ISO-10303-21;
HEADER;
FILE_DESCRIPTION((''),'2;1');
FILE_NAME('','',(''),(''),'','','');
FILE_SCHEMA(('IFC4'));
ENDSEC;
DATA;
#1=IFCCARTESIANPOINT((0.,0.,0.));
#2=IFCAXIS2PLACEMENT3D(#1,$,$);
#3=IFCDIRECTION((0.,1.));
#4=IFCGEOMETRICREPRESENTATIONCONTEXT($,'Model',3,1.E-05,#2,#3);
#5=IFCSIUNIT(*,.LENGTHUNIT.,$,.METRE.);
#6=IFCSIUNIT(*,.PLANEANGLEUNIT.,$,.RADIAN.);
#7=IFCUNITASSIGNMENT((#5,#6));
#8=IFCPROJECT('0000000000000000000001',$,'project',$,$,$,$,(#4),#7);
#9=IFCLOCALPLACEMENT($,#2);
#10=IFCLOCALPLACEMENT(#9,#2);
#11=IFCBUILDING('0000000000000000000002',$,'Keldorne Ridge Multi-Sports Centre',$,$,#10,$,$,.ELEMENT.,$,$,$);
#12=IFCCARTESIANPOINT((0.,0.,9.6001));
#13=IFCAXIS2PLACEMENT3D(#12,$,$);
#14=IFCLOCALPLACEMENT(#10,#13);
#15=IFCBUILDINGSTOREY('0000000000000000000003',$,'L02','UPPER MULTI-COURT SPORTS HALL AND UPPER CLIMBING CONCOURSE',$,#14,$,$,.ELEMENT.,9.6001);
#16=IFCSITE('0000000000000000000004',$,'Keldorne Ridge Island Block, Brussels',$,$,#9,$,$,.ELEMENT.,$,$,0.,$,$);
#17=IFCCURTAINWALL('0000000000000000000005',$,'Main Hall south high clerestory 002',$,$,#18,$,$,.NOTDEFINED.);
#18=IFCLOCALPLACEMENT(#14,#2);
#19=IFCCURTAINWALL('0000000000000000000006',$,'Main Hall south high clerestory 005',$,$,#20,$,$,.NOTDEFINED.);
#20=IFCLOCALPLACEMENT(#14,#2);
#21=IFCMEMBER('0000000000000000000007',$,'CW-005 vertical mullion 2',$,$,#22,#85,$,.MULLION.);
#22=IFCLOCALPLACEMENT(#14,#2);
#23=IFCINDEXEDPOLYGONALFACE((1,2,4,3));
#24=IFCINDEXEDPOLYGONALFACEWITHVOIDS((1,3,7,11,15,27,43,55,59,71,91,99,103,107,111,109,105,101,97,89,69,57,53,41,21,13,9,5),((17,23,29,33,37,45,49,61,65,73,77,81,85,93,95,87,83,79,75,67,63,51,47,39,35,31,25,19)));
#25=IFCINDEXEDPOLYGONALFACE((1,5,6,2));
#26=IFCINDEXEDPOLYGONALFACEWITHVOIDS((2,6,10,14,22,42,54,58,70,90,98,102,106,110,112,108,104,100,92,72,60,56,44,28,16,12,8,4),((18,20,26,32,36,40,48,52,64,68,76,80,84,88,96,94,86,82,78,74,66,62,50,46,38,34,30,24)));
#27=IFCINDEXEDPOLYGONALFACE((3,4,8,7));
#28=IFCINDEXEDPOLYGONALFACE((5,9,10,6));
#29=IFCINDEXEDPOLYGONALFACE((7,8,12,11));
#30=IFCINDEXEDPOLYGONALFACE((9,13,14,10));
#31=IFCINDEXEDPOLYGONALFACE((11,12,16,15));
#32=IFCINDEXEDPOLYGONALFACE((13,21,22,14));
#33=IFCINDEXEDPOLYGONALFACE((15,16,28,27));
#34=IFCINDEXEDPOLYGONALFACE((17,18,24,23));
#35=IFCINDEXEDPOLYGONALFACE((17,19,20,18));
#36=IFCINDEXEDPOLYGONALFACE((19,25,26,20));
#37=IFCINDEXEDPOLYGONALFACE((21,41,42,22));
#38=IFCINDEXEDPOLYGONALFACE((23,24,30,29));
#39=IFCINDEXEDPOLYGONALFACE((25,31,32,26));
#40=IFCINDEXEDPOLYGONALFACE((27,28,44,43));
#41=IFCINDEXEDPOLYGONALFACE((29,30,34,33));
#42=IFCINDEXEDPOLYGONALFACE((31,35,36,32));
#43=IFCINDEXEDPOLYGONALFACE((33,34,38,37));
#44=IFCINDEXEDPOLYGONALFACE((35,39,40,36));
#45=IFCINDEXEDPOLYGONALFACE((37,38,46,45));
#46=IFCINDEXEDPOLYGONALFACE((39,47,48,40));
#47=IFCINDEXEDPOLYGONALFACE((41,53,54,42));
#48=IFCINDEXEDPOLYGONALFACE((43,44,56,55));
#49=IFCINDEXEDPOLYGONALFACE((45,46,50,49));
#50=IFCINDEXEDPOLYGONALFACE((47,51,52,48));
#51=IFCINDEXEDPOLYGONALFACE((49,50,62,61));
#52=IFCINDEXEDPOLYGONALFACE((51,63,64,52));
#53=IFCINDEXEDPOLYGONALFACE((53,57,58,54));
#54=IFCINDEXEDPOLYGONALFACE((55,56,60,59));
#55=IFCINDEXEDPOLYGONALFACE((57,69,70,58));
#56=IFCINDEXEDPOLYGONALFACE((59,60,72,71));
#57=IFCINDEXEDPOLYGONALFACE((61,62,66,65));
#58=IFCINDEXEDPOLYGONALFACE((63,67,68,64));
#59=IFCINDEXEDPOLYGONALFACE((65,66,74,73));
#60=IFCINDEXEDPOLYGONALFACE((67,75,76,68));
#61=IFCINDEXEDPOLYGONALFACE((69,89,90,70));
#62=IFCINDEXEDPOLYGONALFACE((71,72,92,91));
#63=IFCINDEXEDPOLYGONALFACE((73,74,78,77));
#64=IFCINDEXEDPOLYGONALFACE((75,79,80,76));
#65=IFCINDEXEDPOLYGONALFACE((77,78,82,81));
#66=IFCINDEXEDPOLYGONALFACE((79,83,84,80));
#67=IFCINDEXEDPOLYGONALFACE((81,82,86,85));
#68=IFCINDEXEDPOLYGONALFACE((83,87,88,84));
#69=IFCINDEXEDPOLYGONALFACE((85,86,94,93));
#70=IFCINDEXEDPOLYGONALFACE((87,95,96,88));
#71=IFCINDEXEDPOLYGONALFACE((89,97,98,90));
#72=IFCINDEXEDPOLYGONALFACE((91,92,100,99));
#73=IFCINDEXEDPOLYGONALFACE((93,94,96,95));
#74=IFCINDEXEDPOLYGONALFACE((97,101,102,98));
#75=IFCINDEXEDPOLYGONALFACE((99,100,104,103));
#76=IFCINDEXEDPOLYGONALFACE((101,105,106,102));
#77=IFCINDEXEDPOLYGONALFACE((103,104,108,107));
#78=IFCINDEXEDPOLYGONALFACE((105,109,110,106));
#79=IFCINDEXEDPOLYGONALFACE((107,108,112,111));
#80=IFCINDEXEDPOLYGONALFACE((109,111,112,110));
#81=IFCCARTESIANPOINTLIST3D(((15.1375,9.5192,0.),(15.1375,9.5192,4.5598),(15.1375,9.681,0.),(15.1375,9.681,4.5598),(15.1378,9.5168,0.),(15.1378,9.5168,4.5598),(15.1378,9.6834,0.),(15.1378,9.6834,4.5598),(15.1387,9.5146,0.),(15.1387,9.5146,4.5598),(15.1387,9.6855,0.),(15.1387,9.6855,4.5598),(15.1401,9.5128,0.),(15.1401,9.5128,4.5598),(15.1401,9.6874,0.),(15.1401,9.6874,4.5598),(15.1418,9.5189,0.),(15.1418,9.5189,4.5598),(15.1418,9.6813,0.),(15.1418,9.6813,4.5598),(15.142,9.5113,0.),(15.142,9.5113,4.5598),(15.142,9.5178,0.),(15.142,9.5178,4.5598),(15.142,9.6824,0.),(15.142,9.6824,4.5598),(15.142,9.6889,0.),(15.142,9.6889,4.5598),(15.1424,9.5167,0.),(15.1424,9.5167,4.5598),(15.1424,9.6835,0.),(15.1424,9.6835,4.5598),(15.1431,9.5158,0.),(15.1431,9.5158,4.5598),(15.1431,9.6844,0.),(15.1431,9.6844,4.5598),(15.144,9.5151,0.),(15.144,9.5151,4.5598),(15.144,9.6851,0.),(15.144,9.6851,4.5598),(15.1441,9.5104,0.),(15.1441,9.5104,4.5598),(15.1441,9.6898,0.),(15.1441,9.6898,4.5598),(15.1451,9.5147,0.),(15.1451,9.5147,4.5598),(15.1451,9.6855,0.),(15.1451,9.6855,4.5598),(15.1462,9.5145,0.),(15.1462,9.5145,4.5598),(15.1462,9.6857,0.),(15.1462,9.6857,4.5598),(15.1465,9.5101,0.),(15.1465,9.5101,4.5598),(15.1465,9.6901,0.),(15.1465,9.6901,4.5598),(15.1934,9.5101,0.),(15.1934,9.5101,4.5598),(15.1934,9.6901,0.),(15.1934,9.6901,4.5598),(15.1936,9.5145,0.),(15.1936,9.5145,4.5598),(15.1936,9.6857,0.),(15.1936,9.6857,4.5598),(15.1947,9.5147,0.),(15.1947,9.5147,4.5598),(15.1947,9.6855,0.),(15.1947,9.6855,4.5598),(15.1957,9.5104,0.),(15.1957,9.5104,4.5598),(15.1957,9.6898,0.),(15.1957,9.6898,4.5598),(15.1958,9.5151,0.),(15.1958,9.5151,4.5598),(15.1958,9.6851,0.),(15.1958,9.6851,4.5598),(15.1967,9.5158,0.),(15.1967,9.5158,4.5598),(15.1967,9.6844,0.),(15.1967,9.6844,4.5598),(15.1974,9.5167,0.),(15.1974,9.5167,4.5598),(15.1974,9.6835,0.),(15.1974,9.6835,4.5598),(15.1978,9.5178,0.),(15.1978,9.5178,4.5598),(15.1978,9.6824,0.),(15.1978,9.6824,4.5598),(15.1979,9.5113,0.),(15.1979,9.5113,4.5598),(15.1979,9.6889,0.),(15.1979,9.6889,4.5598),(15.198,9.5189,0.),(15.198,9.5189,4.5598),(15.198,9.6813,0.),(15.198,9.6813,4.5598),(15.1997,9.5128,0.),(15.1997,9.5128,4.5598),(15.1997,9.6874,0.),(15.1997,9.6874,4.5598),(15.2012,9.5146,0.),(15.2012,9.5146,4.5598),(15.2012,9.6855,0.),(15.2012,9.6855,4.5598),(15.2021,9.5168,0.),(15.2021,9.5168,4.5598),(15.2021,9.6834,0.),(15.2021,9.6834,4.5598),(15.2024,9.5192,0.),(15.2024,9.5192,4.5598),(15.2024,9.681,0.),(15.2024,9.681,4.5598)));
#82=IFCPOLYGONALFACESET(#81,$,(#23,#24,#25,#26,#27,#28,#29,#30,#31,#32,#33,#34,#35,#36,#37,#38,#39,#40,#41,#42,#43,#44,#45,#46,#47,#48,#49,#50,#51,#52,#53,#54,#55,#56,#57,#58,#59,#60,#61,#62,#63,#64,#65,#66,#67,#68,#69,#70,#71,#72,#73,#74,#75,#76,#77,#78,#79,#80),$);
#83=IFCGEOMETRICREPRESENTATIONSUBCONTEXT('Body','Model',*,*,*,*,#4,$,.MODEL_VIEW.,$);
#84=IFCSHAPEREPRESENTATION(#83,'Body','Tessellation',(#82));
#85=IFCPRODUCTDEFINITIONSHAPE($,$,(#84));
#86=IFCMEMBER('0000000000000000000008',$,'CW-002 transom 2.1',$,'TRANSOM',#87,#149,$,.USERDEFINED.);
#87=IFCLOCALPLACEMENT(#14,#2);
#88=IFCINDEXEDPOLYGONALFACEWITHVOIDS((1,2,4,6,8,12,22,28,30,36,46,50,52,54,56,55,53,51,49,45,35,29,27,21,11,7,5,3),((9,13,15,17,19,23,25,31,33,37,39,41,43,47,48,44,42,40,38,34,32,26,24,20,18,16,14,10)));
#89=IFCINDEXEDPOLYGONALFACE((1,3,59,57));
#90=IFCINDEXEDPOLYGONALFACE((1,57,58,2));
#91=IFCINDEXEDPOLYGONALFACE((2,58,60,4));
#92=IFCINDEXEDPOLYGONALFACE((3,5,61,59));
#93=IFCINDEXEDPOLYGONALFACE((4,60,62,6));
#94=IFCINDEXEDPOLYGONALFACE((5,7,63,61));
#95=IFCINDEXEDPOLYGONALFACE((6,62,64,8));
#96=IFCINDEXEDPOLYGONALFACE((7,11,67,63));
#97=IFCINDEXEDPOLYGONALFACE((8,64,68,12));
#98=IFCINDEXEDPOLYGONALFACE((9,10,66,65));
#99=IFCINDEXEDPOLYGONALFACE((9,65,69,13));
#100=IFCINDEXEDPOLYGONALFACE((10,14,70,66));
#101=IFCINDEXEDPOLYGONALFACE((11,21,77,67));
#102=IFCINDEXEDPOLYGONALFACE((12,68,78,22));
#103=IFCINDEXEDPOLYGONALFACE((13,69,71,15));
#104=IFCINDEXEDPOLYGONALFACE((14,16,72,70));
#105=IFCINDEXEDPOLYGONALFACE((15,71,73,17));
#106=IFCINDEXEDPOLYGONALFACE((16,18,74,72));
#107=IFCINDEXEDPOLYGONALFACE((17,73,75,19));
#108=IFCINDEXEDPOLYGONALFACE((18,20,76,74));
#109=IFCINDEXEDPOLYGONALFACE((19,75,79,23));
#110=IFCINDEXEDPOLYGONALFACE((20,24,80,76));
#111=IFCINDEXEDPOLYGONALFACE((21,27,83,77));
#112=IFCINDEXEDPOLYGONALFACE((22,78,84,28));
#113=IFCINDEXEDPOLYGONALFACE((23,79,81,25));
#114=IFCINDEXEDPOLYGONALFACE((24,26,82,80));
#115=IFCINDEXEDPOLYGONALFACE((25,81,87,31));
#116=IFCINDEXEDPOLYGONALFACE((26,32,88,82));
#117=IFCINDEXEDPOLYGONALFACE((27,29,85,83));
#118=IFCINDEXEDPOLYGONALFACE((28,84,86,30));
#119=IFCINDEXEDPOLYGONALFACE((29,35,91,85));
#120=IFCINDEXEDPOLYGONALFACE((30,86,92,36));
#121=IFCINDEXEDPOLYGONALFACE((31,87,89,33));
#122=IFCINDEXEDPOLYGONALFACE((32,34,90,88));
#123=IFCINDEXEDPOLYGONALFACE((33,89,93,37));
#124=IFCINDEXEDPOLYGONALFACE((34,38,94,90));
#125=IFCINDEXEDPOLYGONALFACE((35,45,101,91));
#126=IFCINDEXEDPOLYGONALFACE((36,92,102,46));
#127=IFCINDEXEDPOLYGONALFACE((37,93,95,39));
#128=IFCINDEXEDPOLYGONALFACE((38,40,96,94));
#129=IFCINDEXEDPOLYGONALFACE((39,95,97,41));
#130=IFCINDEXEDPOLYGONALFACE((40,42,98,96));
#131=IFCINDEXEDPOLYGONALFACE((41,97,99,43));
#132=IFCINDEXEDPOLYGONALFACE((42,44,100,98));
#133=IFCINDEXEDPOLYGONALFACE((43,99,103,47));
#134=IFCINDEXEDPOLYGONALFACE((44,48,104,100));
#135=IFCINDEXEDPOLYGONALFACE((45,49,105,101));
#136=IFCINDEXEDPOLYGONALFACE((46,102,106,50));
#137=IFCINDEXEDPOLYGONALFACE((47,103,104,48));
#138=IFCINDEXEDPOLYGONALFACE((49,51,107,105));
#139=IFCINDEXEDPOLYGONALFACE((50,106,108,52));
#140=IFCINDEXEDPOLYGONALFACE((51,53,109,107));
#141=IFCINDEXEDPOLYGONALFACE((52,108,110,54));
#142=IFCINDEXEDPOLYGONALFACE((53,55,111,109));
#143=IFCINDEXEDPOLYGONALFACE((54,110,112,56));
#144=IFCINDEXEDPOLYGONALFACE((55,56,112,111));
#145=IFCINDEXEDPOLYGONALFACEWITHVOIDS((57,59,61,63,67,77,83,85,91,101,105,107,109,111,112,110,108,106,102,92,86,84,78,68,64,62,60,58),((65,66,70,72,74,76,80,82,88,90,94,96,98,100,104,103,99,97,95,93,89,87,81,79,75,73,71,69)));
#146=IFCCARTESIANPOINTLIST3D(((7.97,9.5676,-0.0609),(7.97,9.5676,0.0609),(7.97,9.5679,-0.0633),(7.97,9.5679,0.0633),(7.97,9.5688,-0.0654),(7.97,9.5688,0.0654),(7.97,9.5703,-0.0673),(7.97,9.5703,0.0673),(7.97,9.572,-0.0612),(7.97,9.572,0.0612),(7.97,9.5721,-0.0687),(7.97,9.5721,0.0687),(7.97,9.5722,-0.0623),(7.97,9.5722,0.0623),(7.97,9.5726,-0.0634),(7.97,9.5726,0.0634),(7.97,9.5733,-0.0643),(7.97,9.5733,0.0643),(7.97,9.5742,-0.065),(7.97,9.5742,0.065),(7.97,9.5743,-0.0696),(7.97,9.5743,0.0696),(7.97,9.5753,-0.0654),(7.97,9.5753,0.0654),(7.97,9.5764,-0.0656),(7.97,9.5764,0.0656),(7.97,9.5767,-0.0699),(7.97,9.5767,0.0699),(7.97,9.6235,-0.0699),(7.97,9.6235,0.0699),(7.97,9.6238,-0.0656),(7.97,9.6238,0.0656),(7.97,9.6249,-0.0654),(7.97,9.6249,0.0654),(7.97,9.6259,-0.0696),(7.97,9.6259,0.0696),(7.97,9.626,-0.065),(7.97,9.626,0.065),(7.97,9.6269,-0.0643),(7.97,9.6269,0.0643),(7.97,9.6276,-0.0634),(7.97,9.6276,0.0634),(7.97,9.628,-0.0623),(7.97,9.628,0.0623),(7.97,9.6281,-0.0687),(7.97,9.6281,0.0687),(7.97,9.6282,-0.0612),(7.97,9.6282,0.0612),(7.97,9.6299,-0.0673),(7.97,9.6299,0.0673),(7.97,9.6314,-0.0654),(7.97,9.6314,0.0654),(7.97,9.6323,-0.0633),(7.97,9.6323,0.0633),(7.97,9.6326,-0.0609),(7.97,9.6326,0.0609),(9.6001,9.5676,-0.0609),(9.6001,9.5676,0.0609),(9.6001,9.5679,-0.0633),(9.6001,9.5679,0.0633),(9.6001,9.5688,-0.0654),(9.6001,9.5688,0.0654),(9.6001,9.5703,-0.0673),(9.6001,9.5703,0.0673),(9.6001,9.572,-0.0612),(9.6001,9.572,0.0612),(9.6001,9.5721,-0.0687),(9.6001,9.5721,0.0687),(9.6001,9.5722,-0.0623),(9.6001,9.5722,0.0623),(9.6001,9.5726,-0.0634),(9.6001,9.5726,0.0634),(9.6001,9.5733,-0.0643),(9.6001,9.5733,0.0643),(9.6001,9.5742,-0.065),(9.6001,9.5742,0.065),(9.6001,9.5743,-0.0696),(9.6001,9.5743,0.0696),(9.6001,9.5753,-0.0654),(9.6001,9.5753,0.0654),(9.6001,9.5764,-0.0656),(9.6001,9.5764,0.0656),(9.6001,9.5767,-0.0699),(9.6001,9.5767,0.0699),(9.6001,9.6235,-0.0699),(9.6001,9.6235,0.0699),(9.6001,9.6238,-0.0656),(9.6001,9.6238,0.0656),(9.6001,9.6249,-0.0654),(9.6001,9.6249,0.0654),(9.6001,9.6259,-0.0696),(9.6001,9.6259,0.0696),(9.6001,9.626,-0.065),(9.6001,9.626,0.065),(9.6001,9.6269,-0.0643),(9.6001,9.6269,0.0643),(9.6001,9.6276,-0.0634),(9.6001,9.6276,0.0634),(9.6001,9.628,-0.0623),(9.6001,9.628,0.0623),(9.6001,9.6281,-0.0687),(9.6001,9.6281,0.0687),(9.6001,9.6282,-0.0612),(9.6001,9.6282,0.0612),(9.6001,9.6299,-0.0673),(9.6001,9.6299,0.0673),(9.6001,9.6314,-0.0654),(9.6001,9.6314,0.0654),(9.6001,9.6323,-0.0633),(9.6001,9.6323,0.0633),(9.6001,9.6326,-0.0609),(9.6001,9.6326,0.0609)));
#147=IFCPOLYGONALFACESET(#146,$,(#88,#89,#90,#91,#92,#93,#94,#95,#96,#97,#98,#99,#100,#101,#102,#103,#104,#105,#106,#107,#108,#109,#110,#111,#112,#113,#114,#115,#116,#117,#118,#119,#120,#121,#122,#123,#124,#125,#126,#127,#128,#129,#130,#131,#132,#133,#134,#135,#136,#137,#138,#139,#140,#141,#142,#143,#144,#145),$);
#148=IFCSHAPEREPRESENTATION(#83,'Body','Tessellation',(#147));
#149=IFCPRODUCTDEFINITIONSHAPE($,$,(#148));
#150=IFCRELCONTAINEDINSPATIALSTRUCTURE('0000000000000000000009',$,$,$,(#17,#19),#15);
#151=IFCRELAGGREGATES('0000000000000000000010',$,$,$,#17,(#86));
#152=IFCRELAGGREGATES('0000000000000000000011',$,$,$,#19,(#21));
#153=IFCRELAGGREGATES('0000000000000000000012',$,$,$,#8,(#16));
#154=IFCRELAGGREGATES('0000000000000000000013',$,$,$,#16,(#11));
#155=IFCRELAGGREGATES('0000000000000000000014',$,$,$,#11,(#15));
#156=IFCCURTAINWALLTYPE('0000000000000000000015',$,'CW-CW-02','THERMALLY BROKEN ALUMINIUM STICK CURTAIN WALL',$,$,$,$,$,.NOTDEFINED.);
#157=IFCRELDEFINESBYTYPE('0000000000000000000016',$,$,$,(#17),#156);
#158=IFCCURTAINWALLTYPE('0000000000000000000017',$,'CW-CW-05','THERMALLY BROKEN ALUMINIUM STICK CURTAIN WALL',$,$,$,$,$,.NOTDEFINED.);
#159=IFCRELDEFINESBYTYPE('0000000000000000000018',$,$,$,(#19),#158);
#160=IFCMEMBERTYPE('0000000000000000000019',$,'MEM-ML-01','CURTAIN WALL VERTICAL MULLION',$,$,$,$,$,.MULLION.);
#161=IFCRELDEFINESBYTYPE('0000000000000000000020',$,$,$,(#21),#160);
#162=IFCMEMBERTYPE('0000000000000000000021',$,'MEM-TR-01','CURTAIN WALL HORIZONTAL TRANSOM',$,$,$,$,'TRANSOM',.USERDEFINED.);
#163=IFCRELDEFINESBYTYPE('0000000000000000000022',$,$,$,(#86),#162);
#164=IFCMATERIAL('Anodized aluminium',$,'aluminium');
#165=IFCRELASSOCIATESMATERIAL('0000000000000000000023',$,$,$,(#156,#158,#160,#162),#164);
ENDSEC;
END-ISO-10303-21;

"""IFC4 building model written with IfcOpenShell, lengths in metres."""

from ifc_helpers import new_model, si_unit, direction, frame, origin, origin_2d, place, context, subcontext, project, spatial, hollow_rectangle, extrude, material, material_profile, profile_set, type_object, element, aggregate, save


model = new_model("IFC4")

# Units and contexts
model_context = context("Model", 3, precision=1e-05, world=origin(), true_north=direction((0.0, 1.0)))
body_context = subcontext(model_context, "Body", "Model", "MODEL_VIEW")
ifc_project = project(units=[si_unit("LENGTHUNIT", "METRE"), si_unit("PLANEANGLEUNIT", "RADIAN")], contexts=[model_context])

# Site, building, storey
site_placement = place(None, origin())
site = spatial("IfcSite", under=ifc_project, at=site_placement, Name="Keldorne Ridge Island Block, Brussels", CompositionType="ELEMENT", RefElevation=0.0)
building_placement = place(site_placement, origin())
building = spatial("IfcBuilding", under=site, at=building_placement, Name="Keldorne Ridge Multi-Sports Centre", CompositionType="ELEMENT")
storey_placement = place(building_placement, frame((0.0, 0.0, 9.6001)))
storey = spatial("IfcBuildingStorey", under=building, at=storey_placement, Name="L02", Description="UPPER MULTI-COURT SPORTS HALL AND UPPER CLIMBING CONCOURSE", CompositionType="ELEMENT", Elevation=9.6001)

# Curtain walls, member
ifc_material_1 = material(Name="Anodized aluminium", Category="aluminium")
curtain_wall_type_1 = type_object("IfcCurtainWallType", Name="CW-CW-02", Description="THERMALLY BROKEN ALUMINIUM STICK CURTAIN WALL", PredefinedType="NOTDEFINED", material=ifc_material_1)
curtain_wall_1_placement = place(storey_placement, origin())
curtain_wall_1 = element("IfcCurtainWall", 1, at=curtain_wall_1_placement, inside=storey, type_object=curtain_wall_type_1, Name="Main Hall south high clerestory 002", PredefinedType="NOTDEFINED")
ifc_material_profile_1 = material_profile(ifc_material_1, hollow_rectangle(XDim=0.0649, YDim=0.1799, WallThickness=0.0044, InnerFilletRadius=0.0044, OuterFilletRadius=0.009, at=origin_2d()), Name="ALU MULLION 180x65x4.5")
ifc_profile_set_1 = profile_set([ifc_material_profile_1], Name="Anodized aluminium")
member_type_1 = type_object("IfcMemberType", Name="MEM-ML-01", Description="CURTAIN WALL VERTICAL MULLION", PredefinedType="MULLION", material=ifc_profile_set_1)
curtain_wall_type_2 = type_object("IfcCurtainWallType", Name="CW-CW-05", Description="THERMALLY BROKEN ALUMINIUM STICK CURTAIN WALL", PredefinedType="NOTDEFINED", material=ifc_material_1)
curtain_wall_2_placement = place(storey_placement, origin())
curtain_wall_2 = element("IfcCurtainWall", 2, at=curtain_wall_2_placement, inside=storey, type_object=curtain_wall_type_2, Name="Main Hall south high clerestory 005", PredefinedType="NOTDEFINED")
member_1_placement = place(storey_placement, frame((15.1699, 9.6001, 0.0), z_axis=(0.0, 0.0, 1.0), x_axis=(1.0, 0.0, 0.0)))
member_1 = element("IfcMember", 3, at=member_1_placement, type_object=member_type_1, Name="CW-005 vertical mullion 2", PredefinedType="MULLION", context=body_context, shape_type="SweptSolid", body=[
    extrude(hollow_rectangle(XDim=0.0649, YDim=0.1799, WallThickness=0.0044, InnerFilletRadius=0.0044, OuterFilletRadius=0.009, at=origin_2d()), origin(), (0.0, 0.0, 1.0), 4.5598),
])

# Member
ifc_material_profile_2 = material_profile(ifc_material_1, hollow_rectangle(XDim=0.0649, YDim=0.1399, WallThickness=0.0044, InnerFilletRadius=0.0044, OuterFilletRadius=0.009, at=origin_2d()), Name="ALU TRANSOM 140x65x4.5")
ifc_profile_set_2 = profile_set([ifc_material_profile_2], Name="Anodized aluminium")
member_type_2 = type_object("IfcMemberType", Name="MEM-TR-01", Description="CURTAIN WALL HORIZONTAL TRANSOM", ElementType="TRANSOM", PredefinedType="USERDEFINED", material=ifc_profile_set_2)
member_2_placement = place(storey_placement, frame((7.97, 9.6001, 0.0), z_axis=(1.0, 0.0, 0.0), x_axis=(0.0, 1.0, 0.0)))
member_2 = element("IfcMember", 4, at=member_2_placement, type_object=member_type_2, Name="CW-002 transom 2.1", ObjectType="TRANSOM", PredefinedType="USERDEFINED", context=body_context, shape_type="SweptSolid", body=[
    extrude(hollow_rectangle(XDim=0.0649, YDim=0.1399, WallThickness=0.0044, InnerFilletRadius=0.0044, OuterFilletRadius=0.009, at=origin_2d()), origin(), (0.0, 0.0, 1.0), 1.6301),
])

aggregate(curtain_wall_1, [member_2])
aggregate(curtain_wall_2, [member_1])

save(model, "model.ifc")
